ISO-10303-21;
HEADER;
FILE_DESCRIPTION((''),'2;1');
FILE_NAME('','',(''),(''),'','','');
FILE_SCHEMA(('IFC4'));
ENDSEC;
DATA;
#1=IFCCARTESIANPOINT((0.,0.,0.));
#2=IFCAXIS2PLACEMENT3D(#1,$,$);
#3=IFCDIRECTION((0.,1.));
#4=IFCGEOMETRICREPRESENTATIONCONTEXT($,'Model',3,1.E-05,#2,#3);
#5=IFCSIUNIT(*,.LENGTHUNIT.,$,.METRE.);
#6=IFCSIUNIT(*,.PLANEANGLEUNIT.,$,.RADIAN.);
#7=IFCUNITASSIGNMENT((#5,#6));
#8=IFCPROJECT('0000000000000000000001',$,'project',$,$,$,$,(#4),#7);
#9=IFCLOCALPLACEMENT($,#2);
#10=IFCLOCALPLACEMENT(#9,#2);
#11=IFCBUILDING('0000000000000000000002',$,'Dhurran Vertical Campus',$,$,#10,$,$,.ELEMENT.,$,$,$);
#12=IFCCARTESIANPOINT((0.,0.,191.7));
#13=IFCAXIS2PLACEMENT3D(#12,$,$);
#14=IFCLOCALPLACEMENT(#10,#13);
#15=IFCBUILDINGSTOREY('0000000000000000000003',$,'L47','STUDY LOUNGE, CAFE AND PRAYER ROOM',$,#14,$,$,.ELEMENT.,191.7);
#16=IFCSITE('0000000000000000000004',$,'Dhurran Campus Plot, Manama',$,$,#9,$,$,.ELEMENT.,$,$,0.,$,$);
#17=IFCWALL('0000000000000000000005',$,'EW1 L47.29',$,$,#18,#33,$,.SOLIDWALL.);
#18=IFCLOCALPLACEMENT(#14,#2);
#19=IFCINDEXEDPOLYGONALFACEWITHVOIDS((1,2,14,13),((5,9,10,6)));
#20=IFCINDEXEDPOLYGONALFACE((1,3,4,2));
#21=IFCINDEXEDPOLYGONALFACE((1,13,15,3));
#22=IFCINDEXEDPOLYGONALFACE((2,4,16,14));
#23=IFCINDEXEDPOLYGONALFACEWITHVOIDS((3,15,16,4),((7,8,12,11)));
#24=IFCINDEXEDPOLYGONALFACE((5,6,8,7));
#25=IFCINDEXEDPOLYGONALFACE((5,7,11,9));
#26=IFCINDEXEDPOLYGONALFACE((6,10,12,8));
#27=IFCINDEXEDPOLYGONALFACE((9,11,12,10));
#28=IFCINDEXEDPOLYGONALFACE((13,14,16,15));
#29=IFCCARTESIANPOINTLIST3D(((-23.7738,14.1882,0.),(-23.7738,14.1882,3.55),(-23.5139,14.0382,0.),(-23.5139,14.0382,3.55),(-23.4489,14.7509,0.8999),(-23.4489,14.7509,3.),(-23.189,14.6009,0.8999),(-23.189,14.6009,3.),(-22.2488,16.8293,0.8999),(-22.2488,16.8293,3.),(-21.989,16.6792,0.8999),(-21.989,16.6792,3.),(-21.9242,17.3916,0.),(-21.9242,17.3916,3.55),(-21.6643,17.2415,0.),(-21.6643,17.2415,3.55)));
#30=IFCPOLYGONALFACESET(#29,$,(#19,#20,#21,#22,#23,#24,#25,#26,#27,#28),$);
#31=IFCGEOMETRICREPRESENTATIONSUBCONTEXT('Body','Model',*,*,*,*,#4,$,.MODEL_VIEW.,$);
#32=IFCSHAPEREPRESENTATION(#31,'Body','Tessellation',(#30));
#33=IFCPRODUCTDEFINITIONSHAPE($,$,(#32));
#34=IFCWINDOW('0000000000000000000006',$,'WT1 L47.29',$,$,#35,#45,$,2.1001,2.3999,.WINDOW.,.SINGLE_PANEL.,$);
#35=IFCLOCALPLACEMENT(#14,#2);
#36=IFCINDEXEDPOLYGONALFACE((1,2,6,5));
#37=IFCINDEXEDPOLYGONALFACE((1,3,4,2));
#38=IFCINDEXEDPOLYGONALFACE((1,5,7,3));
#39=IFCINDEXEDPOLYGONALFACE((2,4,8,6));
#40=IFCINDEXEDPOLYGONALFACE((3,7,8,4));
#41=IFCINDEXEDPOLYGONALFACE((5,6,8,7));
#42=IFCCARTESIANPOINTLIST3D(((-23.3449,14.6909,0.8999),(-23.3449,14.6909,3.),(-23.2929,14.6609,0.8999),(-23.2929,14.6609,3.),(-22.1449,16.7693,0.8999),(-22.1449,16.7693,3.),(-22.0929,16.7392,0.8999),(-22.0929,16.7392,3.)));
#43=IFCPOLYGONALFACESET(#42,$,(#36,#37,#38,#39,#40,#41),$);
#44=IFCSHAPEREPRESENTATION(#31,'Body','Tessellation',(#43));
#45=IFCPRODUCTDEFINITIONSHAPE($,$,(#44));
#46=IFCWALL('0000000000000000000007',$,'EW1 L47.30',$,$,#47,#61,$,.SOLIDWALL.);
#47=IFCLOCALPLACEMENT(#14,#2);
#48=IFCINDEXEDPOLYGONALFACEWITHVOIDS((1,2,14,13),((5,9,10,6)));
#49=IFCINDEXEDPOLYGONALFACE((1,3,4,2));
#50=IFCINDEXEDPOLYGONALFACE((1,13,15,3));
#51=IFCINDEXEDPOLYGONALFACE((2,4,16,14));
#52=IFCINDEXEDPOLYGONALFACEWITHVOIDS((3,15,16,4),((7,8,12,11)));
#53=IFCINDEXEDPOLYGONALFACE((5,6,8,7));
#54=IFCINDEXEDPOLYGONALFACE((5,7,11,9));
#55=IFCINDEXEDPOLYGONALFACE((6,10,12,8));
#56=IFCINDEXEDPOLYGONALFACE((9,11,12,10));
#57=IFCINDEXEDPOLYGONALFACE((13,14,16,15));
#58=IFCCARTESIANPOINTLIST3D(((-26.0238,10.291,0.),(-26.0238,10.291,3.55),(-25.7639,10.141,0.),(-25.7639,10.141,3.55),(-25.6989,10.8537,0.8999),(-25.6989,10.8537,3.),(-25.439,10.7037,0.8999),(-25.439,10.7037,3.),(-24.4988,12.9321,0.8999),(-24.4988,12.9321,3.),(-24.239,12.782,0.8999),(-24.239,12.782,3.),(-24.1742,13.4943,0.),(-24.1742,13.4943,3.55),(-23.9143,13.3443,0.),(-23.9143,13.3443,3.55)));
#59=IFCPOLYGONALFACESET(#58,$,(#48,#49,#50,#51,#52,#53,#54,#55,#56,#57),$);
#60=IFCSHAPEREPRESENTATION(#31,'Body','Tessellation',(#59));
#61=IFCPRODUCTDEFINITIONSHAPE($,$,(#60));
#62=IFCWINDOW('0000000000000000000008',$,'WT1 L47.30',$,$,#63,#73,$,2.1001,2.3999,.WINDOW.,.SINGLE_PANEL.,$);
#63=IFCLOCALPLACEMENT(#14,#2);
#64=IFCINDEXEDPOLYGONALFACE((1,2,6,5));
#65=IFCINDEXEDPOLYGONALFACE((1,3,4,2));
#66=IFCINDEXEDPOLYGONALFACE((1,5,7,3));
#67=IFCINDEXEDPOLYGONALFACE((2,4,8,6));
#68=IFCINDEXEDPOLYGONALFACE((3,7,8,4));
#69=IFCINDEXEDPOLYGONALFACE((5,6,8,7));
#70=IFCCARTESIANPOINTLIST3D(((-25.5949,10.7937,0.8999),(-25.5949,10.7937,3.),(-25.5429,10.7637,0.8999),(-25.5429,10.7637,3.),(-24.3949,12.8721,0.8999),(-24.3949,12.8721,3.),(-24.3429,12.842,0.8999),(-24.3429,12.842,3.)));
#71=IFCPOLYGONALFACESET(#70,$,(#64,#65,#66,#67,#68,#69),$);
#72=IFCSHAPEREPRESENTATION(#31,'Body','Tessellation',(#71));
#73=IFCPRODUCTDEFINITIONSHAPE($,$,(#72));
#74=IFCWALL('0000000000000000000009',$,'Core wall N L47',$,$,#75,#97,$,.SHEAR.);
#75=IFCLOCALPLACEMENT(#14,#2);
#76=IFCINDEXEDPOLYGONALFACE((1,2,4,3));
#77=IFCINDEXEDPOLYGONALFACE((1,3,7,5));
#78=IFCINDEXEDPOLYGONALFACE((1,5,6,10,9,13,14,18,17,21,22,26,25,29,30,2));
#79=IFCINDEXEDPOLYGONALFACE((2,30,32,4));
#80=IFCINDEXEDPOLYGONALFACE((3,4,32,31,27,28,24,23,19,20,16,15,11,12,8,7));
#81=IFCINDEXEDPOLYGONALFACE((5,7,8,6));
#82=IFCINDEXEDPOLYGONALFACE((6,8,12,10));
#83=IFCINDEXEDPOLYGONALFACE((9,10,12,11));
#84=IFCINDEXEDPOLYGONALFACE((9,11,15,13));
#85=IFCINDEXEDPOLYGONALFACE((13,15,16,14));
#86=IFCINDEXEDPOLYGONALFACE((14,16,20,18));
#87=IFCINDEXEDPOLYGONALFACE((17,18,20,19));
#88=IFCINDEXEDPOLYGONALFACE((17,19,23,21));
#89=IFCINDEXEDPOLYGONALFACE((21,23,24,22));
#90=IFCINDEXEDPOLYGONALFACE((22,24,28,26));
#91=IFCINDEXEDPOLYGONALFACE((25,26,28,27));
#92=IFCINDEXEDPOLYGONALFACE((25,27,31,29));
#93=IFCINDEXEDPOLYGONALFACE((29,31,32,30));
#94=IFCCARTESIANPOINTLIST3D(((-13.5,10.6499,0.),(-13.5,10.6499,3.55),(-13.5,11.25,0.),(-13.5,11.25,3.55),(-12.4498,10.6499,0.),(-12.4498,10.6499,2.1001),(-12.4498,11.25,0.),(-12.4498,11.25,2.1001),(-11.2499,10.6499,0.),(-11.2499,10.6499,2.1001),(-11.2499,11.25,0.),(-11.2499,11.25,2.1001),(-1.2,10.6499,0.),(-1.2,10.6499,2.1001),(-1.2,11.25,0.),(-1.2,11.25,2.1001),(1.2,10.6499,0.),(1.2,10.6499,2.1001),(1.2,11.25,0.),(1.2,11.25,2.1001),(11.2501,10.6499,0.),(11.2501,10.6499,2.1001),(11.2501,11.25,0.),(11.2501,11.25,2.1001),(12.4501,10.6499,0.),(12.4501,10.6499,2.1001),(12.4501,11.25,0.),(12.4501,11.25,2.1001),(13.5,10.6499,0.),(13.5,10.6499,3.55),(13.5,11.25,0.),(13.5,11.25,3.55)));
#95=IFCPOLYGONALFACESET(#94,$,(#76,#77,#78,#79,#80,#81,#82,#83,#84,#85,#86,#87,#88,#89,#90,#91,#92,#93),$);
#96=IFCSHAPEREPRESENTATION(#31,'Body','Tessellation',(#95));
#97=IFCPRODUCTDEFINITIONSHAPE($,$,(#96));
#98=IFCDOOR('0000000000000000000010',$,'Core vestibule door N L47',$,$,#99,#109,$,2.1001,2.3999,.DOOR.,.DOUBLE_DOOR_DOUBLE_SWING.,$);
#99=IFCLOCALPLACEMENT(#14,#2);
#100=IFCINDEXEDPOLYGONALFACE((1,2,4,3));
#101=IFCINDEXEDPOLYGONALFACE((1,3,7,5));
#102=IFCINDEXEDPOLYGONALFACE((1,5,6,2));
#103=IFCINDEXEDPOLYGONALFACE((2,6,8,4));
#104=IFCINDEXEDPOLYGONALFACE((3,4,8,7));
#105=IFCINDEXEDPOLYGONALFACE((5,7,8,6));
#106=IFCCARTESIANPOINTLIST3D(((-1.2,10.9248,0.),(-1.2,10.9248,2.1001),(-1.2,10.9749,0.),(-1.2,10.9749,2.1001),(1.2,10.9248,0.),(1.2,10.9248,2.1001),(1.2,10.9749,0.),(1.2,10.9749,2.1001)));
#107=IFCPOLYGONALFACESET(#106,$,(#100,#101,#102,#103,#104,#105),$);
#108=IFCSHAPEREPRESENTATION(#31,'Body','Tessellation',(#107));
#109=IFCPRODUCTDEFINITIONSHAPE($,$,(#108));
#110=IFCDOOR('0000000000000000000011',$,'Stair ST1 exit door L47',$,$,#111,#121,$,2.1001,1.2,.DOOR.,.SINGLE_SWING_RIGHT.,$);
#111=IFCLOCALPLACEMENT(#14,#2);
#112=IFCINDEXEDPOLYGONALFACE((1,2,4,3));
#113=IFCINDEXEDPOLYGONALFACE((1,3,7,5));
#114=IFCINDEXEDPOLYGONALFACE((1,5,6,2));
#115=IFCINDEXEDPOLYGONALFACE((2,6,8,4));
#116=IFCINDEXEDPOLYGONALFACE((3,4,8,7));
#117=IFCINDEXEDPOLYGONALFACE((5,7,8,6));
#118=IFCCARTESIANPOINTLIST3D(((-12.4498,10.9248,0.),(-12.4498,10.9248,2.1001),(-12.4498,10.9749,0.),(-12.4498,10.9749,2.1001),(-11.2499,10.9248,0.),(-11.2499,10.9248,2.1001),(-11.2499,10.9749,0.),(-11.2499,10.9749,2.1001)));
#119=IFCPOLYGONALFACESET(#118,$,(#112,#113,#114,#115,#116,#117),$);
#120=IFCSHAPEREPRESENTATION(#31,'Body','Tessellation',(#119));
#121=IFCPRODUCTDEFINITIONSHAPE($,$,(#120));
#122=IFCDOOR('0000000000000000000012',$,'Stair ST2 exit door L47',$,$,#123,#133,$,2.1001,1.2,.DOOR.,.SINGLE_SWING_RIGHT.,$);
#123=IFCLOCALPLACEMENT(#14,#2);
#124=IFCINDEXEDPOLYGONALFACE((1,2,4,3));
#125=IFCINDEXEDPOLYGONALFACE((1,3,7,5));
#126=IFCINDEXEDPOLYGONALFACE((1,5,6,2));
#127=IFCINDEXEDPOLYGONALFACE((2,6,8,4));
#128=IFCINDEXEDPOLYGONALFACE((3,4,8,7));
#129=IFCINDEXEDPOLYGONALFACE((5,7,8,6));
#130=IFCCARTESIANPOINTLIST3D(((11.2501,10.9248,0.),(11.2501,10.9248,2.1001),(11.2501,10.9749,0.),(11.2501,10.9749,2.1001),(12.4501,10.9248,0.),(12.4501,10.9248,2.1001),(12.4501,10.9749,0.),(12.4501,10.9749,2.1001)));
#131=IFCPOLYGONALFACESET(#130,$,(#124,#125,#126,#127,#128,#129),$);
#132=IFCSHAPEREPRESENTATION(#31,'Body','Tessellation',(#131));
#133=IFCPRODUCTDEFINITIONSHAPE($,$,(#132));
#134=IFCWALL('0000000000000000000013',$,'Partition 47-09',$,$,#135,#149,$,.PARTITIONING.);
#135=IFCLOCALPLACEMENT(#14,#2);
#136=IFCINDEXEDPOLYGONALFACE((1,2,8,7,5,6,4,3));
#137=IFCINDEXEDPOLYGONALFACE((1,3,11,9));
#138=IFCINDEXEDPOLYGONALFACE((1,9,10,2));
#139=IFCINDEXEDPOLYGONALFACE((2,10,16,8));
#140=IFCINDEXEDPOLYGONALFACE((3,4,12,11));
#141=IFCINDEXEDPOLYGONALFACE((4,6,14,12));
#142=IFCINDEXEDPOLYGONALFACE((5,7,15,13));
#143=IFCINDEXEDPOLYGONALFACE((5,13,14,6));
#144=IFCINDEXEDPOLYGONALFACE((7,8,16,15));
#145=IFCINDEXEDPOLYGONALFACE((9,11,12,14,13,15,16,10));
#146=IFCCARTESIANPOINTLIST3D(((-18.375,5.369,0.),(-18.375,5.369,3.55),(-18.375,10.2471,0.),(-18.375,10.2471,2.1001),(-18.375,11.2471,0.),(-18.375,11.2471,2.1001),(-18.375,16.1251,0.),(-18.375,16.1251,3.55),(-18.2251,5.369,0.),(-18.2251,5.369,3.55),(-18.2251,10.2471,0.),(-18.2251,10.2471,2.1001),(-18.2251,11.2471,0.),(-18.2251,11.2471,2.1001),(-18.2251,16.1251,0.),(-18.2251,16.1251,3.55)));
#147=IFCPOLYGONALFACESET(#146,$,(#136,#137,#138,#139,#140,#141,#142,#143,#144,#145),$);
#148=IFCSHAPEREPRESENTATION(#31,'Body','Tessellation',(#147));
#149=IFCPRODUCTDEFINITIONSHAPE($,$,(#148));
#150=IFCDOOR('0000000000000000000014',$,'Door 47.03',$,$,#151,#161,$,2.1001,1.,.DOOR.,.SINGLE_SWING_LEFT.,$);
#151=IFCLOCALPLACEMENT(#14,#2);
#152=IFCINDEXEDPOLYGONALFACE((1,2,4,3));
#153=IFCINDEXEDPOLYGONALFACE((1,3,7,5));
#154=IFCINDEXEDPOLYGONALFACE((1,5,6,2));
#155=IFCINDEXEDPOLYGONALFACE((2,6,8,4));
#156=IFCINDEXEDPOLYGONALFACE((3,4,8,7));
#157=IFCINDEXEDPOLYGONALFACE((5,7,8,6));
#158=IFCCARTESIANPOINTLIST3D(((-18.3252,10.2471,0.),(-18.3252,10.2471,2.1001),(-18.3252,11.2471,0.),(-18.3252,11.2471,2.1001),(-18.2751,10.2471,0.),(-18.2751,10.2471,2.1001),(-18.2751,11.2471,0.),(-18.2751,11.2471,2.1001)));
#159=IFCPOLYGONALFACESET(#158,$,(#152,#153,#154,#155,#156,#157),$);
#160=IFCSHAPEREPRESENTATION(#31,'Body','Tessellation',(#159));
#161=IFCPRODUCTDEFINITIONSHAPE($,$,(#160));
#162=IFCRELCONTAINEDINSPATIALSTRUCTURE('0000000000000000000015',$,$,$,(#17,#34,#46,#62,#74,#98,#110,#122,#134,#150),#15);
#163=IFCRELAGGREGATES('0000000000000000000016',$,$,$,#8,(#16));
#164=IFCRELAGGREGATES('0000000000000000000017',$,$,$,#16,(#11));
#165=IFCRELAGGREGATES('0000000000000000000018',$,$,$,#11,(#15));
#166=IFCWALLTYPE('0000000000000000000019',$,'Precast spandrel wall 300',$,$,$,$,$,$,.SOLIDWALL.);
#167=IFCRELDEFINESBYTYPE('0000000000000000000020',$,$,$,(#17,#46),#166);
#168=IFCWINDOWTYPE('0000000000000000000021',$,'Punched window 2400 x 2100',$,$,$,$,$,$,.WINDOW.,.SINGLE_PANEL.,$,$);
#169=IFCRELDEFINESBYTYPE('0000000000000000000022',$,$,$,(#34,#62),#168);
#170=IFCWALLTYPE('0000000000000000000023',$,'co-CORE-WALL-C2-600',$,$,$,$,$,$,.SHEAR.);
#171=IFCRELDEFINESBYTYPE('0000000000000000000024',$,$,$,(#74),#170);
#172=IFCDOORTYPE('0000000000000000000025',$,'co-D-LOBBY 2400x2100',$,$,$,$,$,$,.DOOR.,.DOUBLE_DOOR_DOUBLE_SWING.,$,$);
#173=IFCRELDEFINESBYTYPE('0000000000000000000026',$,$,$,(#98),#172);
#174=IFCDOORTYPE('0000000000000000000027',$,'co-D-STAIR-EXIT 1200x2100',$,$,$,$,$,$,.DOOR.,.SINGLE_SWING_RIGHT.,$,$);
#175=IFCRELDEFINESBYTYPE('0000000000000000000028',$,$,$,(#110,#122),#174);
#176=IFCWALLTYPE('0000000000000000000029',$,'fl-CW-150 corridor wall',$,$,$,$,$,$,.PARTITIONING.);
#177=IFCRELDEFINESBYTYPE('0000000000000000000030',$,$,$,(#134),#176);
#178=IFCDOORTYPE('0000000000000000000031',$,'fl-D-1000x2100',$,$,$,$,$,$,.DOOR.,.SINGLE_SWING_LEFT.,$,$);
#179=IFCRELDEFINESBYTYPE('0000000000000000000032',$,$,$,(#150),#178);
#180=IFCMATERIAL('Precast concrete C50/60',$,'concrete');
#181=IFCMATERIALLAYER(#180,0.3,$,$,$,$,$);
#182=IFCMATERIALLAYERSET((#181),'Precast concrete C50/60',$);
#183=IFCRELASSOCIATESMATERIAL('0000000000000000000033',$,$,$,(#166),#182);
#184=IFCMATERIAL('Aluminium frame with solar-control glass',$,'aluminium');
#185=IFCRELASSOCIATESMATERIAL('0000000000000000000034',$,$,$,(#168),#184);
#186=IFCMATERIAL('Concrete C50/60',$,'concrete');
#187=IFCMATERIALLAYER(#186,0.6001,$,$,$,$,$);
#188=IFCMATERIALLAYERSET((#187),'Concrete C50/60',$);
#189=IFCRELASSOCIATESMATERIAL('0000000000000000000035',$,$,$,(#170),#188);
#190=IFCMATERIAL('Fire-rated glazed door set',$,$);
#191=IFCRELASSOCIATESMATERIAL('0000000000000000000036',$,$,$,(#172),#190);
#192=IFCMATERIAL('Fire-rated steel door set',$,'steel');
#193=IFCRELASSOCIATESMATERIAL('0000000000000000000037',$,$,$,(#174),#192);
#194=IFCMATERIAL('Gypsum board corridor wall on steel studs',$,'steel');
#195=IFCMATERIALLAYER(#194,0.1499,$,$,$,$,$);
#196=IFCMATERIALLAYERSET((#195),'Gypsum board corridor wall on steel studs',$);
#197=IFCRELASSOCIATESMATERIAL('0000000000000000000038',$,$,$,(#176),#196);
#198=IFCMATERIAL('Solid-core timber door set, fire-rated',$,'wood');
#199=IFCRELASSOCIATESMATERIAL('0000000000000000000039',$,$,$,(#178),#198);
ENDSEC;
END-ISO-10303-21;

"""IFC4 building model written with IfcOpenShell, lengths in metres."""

from ifc_helpers import new_model, si_unit, direction, frame, frame_2d, origin, place, context, subcontext, project, spatial, rectangle, extrude, material, layer, layer_set, type_object, element, fill, save


model = new_model("IFC4")

# Units and contexts
model_context = context("Model", 3, precision=1e-05, world=origin(), true_north=direction((0.0, 1.0)))
body_context = subcontext(model_context, "Body", "Model", "MODEL_VIEW")
ifc_project = project(units=[si_unit("LENGTHUNIT", "METRE"), si_unit("PLANEANGLEUNIT", "RADIAN")], contexts=[model_context])

# Site, building, storey
site_placement = place(None, origin())
site = spatial("IfcSite", under=ifc_project, at=site_placement, Name="Dhurran Campus Plot, Manama", CompositionType="ELEMENT", RefElevation=0.0)
building_placement = place(site_placement, origin())
building = spatial("IfcBuilding", under=site, at=building_placement, Name="Dhurran Vertical Campus", CompositionType="ELEMENT")
storey_placement = place(building_placement, frame((0.0, 0.0, 191.7)))
storey = spatial("IfcBuildingStorey", under=building, at=storey_placement, Name="L47", Description="STUDY LOUNGE, CAFE AND PRAYER ROOM", CompositionType="ELEMENT", Elevation=191.7)

# Walls, openings, windows
ifc_material_1 = material(Name="Precast concrete C50/60", Category="concrete")
ifc_layer_1 = layer(ifc_material_1, 0.3)
ifc_layer_set_1 = layer_set([ifc_layer_1], Name="Precast concrete C50/60")
wall_type_1 = type_object("IfcWallType", Name="Precast spandrel wall 300", PredefinedType="SOLIDWALL", material=ifc_layer_set_1)
ifc_material_2 = material(Name="Aluminium frame with solar-control glass", Category="aluminium")
window_type = type_object("IfcWindowType", Name="Punched window 2400 x 2100", PartitioningType="SINGLE_PANEL", PredefinedType="WINDOW", material=ifc_material_2)
wall_1_placement = place(storey_placement, frame((-21.7942, 17.3167, 0.0), z_axis=(0.0, 0.0, 1.0), x_axis=(-0.500029, -0.866009, 0.0)))
wall_1 = element("IfcWall", 1, at=wall_1_placement, inside=storey, type_object=wall_type_1, Name="EW1 L47.29", PredefinedType="SOLIDWALL", context=body_context, shape_type="SweptSolid", body=[
    extrude(rectangle(XDim=3.699, YDim=0.3, at=frame_2d((1.8496, 0.0))), origin(), (0.0, 0.0, 1.0), 3.55),
])
opening_1_placement = place(wall_1_placement, frame((0.6494, 0.0, 0.8999)))
opening_1 = element("IfcOpeningElement", 2, at=opening_1_placement, cuts=wall_1, PredefinedType="OPENING", context=body_context, shape_type="SweptSolid", body=[
    extrude(rectangle(XDim=2.3999, YDim=2.1001, at=frame_2d((1.2, 1.05))), frame((0.0, 0.1599, 0.0), z_axis=(0.0, -1.0, 0.0), x_axis=(1.0, 0.0, 0.0)), (0.0, 0.0, 1.0), 0.3201),
])
window_1_placement = place(opening_1_placement, origin())
window_1 = element("IfcWindow", 3, at=window_1_placement, inside=storey, type_object=window_type, Name="WT1 L47.29", OverallHeight=2.1001, OverallWidth=2.3999, PartitioningType="SINGLE_PANEL", PredefinedType="WINDOW", context=body_context, shape_type="SweptSolid", body=[
    extrude(rectangle(XDim=2.3999, YDim=2.1001, at=frame_2d((1.2, 1.05))), frame((0.0, 0.03, 0.0), z_axis=(0.0, -1.0, 0.0), x_axis=(1.0, 0.0, 0.0)), (0.0, 0.0, 1.0), 0.0601),
])
fill(opening_1, window_1)
wall_2_placement = place(storey_placement, frame((-24.0442, 13.4194, 0.0), z_axis=(0.0, 0.0, 1.0), x_axis=(-0.500029, -0.866009, 0.0)))
wall_2 = element("IfcWall", 4, at=wall_2_placement, inside=storey, type_object=wall_type_1, Name="EW1 L47.30", PredefinedType="SOLIDWALL", context=body_context, shape_type="SweptSolid", body=[
    extrude(rectangle(XDim=3.699, YDim=0.3, at=frame_2d((1.8496, 0.0))), origin(), (0.0, 0.0, 1.0), 3.55),
])
opening_2_placement = place(wall_2_placement, frame((0.6494, 0.0, 0.8999)))
opening_2 = element("IfcOpeningElement", 5, at=opening_2_placement, cuts=wall_2, PredefinedType="OPENING", context=body_context, shape_type="SweptSolid", body=[
    extrude(rectangle(XDim=2.3999, YDim=2.1001, at=frame_2d((1.2, 1.05))), frame((0.0, 0.1599, 0.0), z_axis=(0.0, -1.0, 0.0), x_axis=(1.0, 0.0, 0.0)), (0.0, 0.0, 1.0), 0.3201),
])
window_2_placement = place(opening_2_placement, origin())
window_2 = element("IfcWindow", 6, at=window_2_placement, inside=storey, type_object=window_type, Name="WT1 L47.30", OverallHeight=2.1001, OverallWidth=2.3999, PartitioningType="SINGLE_PANEL", PredefinedType="WINDOW", context=body_context, shape_type="SweptSolid", body=[
    extrude(rectangle(XDim=2.3999, YDim=2.1001, at=frame_2d((1.2, 1.05))), frame((0.0, 0.03, 0.0), z_axis=(0.0, -1.0, 0.0), x_axis=(1.0, 0.0, 0.0)), (0.0, 0.0, 1.0), 0.0601),
])
fill(opening_2, window_2)

# Wall, openings, doors
ifc_material_3 = material(Name="Concrete C50/60", Category="concrete")
ifc_layer_2 = layer(ifc_material_3, 0.6001)
ifc_layer_set_2 = layer_set([ifc_layer_2], Name="Concrete C50/60")
wall_type_2 = type_object("IfcWallType", Name="co-CORE-WALL-C2-600", PredefinedType="SHEAR", material=ifc_layer_set_2)
wall_3_placement = place(storey_placement, frame((-13.5, 10.95, 0.0), z_axis=(0.0, 0.0, 1.0), x_axis=(1.0, 0.0, 0.0)))
wall_3 = element("IfcWall", 7, at=wall_3_placement, inside=storey, type_object=wall_type_2, Name="Core wall N L47", PredefinedType="SHEAR", context=body_context, shape_type="SweptSolid", body=[
    extrude(rectangle(XDim=27.0, YDim=0.6001, at=frame_2d((13.5, 0.0))), origin(), (0.0, 0.0, 1.0), 3.55),
])
opening_3_placement = place(wall_3_placement, frame((12.3, 0.0, 0.0)))
opening_3 = element("IfcOpeningElement", 8, at=opening_3_placement, cuts=wall_3, PredefinedType="OPENING", context=body_context, shape_type="SweptSolid", body=[
    extrude(rectangle(XDim=2.3999, YDim=2.1001, at=frame_2d((1.2, 1.05))), frame((0.0, 0.3101, 0.0), z_axis=(0.0, -1.0, 0.0), x_axis=(1.0, 0.0, 0.0)), (0.0, 0.0, 1.0), 0.6201),
])
opening_4_placement = place(wall_3_placement, frame((1.05, 0.0, 0.0)))
opening_4 = element("IfcOpeningElement", 9, at=opening_4_placement, cuts=wall_3, PredefinedType="OPENING", context=body_context, shape_type="SweptSolid", body=[
    extrude(rectangle(XDim=1.2, YDim=2.1001, at=frame_2d((0.6001, 1.05))), frame((0.0, 0.3101, 0.0), z_axis=(0.0, -1.0, 0.0), x_axis=(1.0, 0.0, 0.0)), (0.0, 0.0, 1.0), 0.6201),
])
opening_5_placement = place(wall_3_placement, frame((24.75, 0.0, 0.0)))
opening_5 = element("IfcOpeningElement", 10, at=opening_5_placement, cuts=wall_3, PredefinedType="OPENING", context=body_context, shape_type="SweptSolid", body=[
    extrude(rectangle(XDim=1.2, YDim=2.1001, at=frame_2d((0.6001, 1.05))), frame((0.0, 0.3101, 0.0), z_axis=(0.0, -1.0, 0.0), x_axis=(1.0, 0.0, 0.0)), (0.0, 0.0, 1.0), 0.6201),
])
ifc_material_4 = material(Name="Fire-rated glazed door set")
door_type_1 = type_object("IfcDoorType", Name="co-D-LOBBY 2400x2100", OperationType="DOUBLE_DOOR_DOUBLE_SWING", PredefinedType="DOOR", material=ifc_material_4)
door_1_placement = place(opening_3_placement, origin())
door_1 = element("IfcDoor", 11, at=door_1_placement, inside=storey, type_object=door_type_1, Name="Core vestibule door N L47", OperationType="DOUBLE_DOOR_DOUBLE_SWING", OverallHeight=2.1001, OverallWidth=2.3999, PredefinedType="DOOR", context=body_context, shape_type="SweptSolid", body=[
    extrude(rectangle(XDim=2.3999, YDim=2.1001, at=frame_2d((1.2, 1.05))), frame((0.0, 0.0249, 0.0), z_axis=(0.0, -1.0, 0.0), x_axis=(1.0, 0.0, 0.0)), (0.0, 0.0, 1.0), 0.05),
])
fill(opening_3, door_1)
ifc_material_5 = material(Name="Fire-rated steel door set", Category="steel")
door_type_2 = type_object("IfcDoorType", Name="co-D-STAIR-EXIT 1200x2100", OperationType="SINGLE_SWING_RIGHT", PredefinedType="DOOR", material=ifc_material_5)
door_2_placement = place(opening_4_placement, origin())
door_2 = element("IfcDoor", 12, at=door_2_placement, inside=storey, type_object=door_type_2, Name="Stair ST1 exit door L47", OperationType="SINGLE_SWING_RIGHT", OverallHeight=2.1001, OverallWidth=1.2, PredefinedType="DOOR", context=body_context, shape_type="SweptSolid", body=[
    extrude(rectangle(XDim=1.2, YDim=2.1001, at=frame_2d((0.6001, 1.05))), frame((0.0, 0.0249, 0.0), z_axis=(0.0, -1.0, 0.0), x_axis=(1.0, 0.0, 0.0)), (0.0, 0.0, 1.0), 0.05),
])
fill(opening_4, door_2)
door_3_placement = place(opening_5_placement, origin())
door_3 = element("IfcDoor", 13, at=door_3_placement, inside=storey, type_object=door_type_2, Name="Stair ST2 exit door L47", OperationType="SINGLE_SWING_RIGHT", OverallHeight=2.1001, OverallWidth=1.2, PredefinedType="DOOR", context=body_context, shape_type="SweptSolid", body=[
    extrude(rectangle(XDim=1.2, YDim=2.1001, at=frame_2d((0.6001, 1.05))), frame((0.0, 0.0249, 0.0), z_axis=(0.0, -1.0, 0.0), x_axis=(1.0, 0.0, 0.0)), (0.0, 0.0, 1.0), 0.05),
])
fill(opening_5, door_3)

# Wall, opening, door
ifc_material_6 = material(Name="Gypsum board corridor wall on steel studs", Category="steel")
ifc_layer_3 = layer(ifc_material_6, 0.1499)
ifc_layer_set_3 = layer_set([ifc_layer_3], Name="Gypsum board corridor wall on steel studs")
wall_type_3 = type_object("IfcWallType", Name="fl-CW-150 corridor wall", PredefinedType="PARTITIONING", material=ifc_layer_set_3)
wall_4_placement = place(storey_placement, frame((-18.3, 16.125, 0.0), z_axis=(0.0, 0.0, 1.0), x_axis=(0.0, -1.0, 0.0)))
wall_4 = element("IfcWall", 14, at=wall_4_placement, inside=storey, type_object=wall_type_3, Name="Partition 47-09", PredefinedType="PARTITIONING", context=body_context, shape_type="SweptSolid", body=[
    extrude(rectangle(XDim=10.7561, YDim=0.1499, at=frame_2d((5.3779, 0.0))), origin(), (0.0, 0.0, 1.0), 3.55),
])
opening_6_placement = place(wall_4_placement, frame((4.8779, 0.0, 0.0)))
opening_6 = element("IfcOpeningElement", 15, at=opening_6_placement, cuts=wall_4, PredefinedType="OPENING", context=body_context, shape_type="SweptSolid", body=[
    extrude(rectangle(XDim=1.0, YDim=2.1001, at=frame_2d((0.5, 1.05))), frame((0.0, 0.085, 0.0), z_axis=(0.0, -1.0, 0.0), x_axis=(1.0, 0.0, 0.0)), (0.0, 0.0, 1.0), 0.1699),
])
ifc_material_7 = material(Name="Solid-core timber door set, fire-rated", Category="wood")
door_type_3 = type_object("IfcDoorType", Name="fl-D-1000x2100", OperationType="SINGLE_SWING_LEFT", PredefinedType="DOOR", material=ifc_material_7)
door_4_placement = place(opening_6_placement, origin())
door_4 = element("IfcDoor", 16, at=door_4_placement, inside=storey, type_object=door_type_3, Name="Door 47.03", OperationType="SINGLE_SWING_LEFT", OverallHeight=2.1001, OverallWidth=1.0, PredefinedType="DOOR", context=body_context, shape_type="SweptSolid", body=[
    extrude(rectangle(XDim=1.0, YDim=2.1001, at=frame_2d((0.5, 1.05))), frame((0.0, 0.0249, 0.0), z_axis=(0.0, -1.0, 0.0), x_axis=(1.0, 0.0, 0.0)), (0.0, 0.0, 1.0), 0.05),
])
fill(opening_6, door_4)

save(model, "model.ifc")
